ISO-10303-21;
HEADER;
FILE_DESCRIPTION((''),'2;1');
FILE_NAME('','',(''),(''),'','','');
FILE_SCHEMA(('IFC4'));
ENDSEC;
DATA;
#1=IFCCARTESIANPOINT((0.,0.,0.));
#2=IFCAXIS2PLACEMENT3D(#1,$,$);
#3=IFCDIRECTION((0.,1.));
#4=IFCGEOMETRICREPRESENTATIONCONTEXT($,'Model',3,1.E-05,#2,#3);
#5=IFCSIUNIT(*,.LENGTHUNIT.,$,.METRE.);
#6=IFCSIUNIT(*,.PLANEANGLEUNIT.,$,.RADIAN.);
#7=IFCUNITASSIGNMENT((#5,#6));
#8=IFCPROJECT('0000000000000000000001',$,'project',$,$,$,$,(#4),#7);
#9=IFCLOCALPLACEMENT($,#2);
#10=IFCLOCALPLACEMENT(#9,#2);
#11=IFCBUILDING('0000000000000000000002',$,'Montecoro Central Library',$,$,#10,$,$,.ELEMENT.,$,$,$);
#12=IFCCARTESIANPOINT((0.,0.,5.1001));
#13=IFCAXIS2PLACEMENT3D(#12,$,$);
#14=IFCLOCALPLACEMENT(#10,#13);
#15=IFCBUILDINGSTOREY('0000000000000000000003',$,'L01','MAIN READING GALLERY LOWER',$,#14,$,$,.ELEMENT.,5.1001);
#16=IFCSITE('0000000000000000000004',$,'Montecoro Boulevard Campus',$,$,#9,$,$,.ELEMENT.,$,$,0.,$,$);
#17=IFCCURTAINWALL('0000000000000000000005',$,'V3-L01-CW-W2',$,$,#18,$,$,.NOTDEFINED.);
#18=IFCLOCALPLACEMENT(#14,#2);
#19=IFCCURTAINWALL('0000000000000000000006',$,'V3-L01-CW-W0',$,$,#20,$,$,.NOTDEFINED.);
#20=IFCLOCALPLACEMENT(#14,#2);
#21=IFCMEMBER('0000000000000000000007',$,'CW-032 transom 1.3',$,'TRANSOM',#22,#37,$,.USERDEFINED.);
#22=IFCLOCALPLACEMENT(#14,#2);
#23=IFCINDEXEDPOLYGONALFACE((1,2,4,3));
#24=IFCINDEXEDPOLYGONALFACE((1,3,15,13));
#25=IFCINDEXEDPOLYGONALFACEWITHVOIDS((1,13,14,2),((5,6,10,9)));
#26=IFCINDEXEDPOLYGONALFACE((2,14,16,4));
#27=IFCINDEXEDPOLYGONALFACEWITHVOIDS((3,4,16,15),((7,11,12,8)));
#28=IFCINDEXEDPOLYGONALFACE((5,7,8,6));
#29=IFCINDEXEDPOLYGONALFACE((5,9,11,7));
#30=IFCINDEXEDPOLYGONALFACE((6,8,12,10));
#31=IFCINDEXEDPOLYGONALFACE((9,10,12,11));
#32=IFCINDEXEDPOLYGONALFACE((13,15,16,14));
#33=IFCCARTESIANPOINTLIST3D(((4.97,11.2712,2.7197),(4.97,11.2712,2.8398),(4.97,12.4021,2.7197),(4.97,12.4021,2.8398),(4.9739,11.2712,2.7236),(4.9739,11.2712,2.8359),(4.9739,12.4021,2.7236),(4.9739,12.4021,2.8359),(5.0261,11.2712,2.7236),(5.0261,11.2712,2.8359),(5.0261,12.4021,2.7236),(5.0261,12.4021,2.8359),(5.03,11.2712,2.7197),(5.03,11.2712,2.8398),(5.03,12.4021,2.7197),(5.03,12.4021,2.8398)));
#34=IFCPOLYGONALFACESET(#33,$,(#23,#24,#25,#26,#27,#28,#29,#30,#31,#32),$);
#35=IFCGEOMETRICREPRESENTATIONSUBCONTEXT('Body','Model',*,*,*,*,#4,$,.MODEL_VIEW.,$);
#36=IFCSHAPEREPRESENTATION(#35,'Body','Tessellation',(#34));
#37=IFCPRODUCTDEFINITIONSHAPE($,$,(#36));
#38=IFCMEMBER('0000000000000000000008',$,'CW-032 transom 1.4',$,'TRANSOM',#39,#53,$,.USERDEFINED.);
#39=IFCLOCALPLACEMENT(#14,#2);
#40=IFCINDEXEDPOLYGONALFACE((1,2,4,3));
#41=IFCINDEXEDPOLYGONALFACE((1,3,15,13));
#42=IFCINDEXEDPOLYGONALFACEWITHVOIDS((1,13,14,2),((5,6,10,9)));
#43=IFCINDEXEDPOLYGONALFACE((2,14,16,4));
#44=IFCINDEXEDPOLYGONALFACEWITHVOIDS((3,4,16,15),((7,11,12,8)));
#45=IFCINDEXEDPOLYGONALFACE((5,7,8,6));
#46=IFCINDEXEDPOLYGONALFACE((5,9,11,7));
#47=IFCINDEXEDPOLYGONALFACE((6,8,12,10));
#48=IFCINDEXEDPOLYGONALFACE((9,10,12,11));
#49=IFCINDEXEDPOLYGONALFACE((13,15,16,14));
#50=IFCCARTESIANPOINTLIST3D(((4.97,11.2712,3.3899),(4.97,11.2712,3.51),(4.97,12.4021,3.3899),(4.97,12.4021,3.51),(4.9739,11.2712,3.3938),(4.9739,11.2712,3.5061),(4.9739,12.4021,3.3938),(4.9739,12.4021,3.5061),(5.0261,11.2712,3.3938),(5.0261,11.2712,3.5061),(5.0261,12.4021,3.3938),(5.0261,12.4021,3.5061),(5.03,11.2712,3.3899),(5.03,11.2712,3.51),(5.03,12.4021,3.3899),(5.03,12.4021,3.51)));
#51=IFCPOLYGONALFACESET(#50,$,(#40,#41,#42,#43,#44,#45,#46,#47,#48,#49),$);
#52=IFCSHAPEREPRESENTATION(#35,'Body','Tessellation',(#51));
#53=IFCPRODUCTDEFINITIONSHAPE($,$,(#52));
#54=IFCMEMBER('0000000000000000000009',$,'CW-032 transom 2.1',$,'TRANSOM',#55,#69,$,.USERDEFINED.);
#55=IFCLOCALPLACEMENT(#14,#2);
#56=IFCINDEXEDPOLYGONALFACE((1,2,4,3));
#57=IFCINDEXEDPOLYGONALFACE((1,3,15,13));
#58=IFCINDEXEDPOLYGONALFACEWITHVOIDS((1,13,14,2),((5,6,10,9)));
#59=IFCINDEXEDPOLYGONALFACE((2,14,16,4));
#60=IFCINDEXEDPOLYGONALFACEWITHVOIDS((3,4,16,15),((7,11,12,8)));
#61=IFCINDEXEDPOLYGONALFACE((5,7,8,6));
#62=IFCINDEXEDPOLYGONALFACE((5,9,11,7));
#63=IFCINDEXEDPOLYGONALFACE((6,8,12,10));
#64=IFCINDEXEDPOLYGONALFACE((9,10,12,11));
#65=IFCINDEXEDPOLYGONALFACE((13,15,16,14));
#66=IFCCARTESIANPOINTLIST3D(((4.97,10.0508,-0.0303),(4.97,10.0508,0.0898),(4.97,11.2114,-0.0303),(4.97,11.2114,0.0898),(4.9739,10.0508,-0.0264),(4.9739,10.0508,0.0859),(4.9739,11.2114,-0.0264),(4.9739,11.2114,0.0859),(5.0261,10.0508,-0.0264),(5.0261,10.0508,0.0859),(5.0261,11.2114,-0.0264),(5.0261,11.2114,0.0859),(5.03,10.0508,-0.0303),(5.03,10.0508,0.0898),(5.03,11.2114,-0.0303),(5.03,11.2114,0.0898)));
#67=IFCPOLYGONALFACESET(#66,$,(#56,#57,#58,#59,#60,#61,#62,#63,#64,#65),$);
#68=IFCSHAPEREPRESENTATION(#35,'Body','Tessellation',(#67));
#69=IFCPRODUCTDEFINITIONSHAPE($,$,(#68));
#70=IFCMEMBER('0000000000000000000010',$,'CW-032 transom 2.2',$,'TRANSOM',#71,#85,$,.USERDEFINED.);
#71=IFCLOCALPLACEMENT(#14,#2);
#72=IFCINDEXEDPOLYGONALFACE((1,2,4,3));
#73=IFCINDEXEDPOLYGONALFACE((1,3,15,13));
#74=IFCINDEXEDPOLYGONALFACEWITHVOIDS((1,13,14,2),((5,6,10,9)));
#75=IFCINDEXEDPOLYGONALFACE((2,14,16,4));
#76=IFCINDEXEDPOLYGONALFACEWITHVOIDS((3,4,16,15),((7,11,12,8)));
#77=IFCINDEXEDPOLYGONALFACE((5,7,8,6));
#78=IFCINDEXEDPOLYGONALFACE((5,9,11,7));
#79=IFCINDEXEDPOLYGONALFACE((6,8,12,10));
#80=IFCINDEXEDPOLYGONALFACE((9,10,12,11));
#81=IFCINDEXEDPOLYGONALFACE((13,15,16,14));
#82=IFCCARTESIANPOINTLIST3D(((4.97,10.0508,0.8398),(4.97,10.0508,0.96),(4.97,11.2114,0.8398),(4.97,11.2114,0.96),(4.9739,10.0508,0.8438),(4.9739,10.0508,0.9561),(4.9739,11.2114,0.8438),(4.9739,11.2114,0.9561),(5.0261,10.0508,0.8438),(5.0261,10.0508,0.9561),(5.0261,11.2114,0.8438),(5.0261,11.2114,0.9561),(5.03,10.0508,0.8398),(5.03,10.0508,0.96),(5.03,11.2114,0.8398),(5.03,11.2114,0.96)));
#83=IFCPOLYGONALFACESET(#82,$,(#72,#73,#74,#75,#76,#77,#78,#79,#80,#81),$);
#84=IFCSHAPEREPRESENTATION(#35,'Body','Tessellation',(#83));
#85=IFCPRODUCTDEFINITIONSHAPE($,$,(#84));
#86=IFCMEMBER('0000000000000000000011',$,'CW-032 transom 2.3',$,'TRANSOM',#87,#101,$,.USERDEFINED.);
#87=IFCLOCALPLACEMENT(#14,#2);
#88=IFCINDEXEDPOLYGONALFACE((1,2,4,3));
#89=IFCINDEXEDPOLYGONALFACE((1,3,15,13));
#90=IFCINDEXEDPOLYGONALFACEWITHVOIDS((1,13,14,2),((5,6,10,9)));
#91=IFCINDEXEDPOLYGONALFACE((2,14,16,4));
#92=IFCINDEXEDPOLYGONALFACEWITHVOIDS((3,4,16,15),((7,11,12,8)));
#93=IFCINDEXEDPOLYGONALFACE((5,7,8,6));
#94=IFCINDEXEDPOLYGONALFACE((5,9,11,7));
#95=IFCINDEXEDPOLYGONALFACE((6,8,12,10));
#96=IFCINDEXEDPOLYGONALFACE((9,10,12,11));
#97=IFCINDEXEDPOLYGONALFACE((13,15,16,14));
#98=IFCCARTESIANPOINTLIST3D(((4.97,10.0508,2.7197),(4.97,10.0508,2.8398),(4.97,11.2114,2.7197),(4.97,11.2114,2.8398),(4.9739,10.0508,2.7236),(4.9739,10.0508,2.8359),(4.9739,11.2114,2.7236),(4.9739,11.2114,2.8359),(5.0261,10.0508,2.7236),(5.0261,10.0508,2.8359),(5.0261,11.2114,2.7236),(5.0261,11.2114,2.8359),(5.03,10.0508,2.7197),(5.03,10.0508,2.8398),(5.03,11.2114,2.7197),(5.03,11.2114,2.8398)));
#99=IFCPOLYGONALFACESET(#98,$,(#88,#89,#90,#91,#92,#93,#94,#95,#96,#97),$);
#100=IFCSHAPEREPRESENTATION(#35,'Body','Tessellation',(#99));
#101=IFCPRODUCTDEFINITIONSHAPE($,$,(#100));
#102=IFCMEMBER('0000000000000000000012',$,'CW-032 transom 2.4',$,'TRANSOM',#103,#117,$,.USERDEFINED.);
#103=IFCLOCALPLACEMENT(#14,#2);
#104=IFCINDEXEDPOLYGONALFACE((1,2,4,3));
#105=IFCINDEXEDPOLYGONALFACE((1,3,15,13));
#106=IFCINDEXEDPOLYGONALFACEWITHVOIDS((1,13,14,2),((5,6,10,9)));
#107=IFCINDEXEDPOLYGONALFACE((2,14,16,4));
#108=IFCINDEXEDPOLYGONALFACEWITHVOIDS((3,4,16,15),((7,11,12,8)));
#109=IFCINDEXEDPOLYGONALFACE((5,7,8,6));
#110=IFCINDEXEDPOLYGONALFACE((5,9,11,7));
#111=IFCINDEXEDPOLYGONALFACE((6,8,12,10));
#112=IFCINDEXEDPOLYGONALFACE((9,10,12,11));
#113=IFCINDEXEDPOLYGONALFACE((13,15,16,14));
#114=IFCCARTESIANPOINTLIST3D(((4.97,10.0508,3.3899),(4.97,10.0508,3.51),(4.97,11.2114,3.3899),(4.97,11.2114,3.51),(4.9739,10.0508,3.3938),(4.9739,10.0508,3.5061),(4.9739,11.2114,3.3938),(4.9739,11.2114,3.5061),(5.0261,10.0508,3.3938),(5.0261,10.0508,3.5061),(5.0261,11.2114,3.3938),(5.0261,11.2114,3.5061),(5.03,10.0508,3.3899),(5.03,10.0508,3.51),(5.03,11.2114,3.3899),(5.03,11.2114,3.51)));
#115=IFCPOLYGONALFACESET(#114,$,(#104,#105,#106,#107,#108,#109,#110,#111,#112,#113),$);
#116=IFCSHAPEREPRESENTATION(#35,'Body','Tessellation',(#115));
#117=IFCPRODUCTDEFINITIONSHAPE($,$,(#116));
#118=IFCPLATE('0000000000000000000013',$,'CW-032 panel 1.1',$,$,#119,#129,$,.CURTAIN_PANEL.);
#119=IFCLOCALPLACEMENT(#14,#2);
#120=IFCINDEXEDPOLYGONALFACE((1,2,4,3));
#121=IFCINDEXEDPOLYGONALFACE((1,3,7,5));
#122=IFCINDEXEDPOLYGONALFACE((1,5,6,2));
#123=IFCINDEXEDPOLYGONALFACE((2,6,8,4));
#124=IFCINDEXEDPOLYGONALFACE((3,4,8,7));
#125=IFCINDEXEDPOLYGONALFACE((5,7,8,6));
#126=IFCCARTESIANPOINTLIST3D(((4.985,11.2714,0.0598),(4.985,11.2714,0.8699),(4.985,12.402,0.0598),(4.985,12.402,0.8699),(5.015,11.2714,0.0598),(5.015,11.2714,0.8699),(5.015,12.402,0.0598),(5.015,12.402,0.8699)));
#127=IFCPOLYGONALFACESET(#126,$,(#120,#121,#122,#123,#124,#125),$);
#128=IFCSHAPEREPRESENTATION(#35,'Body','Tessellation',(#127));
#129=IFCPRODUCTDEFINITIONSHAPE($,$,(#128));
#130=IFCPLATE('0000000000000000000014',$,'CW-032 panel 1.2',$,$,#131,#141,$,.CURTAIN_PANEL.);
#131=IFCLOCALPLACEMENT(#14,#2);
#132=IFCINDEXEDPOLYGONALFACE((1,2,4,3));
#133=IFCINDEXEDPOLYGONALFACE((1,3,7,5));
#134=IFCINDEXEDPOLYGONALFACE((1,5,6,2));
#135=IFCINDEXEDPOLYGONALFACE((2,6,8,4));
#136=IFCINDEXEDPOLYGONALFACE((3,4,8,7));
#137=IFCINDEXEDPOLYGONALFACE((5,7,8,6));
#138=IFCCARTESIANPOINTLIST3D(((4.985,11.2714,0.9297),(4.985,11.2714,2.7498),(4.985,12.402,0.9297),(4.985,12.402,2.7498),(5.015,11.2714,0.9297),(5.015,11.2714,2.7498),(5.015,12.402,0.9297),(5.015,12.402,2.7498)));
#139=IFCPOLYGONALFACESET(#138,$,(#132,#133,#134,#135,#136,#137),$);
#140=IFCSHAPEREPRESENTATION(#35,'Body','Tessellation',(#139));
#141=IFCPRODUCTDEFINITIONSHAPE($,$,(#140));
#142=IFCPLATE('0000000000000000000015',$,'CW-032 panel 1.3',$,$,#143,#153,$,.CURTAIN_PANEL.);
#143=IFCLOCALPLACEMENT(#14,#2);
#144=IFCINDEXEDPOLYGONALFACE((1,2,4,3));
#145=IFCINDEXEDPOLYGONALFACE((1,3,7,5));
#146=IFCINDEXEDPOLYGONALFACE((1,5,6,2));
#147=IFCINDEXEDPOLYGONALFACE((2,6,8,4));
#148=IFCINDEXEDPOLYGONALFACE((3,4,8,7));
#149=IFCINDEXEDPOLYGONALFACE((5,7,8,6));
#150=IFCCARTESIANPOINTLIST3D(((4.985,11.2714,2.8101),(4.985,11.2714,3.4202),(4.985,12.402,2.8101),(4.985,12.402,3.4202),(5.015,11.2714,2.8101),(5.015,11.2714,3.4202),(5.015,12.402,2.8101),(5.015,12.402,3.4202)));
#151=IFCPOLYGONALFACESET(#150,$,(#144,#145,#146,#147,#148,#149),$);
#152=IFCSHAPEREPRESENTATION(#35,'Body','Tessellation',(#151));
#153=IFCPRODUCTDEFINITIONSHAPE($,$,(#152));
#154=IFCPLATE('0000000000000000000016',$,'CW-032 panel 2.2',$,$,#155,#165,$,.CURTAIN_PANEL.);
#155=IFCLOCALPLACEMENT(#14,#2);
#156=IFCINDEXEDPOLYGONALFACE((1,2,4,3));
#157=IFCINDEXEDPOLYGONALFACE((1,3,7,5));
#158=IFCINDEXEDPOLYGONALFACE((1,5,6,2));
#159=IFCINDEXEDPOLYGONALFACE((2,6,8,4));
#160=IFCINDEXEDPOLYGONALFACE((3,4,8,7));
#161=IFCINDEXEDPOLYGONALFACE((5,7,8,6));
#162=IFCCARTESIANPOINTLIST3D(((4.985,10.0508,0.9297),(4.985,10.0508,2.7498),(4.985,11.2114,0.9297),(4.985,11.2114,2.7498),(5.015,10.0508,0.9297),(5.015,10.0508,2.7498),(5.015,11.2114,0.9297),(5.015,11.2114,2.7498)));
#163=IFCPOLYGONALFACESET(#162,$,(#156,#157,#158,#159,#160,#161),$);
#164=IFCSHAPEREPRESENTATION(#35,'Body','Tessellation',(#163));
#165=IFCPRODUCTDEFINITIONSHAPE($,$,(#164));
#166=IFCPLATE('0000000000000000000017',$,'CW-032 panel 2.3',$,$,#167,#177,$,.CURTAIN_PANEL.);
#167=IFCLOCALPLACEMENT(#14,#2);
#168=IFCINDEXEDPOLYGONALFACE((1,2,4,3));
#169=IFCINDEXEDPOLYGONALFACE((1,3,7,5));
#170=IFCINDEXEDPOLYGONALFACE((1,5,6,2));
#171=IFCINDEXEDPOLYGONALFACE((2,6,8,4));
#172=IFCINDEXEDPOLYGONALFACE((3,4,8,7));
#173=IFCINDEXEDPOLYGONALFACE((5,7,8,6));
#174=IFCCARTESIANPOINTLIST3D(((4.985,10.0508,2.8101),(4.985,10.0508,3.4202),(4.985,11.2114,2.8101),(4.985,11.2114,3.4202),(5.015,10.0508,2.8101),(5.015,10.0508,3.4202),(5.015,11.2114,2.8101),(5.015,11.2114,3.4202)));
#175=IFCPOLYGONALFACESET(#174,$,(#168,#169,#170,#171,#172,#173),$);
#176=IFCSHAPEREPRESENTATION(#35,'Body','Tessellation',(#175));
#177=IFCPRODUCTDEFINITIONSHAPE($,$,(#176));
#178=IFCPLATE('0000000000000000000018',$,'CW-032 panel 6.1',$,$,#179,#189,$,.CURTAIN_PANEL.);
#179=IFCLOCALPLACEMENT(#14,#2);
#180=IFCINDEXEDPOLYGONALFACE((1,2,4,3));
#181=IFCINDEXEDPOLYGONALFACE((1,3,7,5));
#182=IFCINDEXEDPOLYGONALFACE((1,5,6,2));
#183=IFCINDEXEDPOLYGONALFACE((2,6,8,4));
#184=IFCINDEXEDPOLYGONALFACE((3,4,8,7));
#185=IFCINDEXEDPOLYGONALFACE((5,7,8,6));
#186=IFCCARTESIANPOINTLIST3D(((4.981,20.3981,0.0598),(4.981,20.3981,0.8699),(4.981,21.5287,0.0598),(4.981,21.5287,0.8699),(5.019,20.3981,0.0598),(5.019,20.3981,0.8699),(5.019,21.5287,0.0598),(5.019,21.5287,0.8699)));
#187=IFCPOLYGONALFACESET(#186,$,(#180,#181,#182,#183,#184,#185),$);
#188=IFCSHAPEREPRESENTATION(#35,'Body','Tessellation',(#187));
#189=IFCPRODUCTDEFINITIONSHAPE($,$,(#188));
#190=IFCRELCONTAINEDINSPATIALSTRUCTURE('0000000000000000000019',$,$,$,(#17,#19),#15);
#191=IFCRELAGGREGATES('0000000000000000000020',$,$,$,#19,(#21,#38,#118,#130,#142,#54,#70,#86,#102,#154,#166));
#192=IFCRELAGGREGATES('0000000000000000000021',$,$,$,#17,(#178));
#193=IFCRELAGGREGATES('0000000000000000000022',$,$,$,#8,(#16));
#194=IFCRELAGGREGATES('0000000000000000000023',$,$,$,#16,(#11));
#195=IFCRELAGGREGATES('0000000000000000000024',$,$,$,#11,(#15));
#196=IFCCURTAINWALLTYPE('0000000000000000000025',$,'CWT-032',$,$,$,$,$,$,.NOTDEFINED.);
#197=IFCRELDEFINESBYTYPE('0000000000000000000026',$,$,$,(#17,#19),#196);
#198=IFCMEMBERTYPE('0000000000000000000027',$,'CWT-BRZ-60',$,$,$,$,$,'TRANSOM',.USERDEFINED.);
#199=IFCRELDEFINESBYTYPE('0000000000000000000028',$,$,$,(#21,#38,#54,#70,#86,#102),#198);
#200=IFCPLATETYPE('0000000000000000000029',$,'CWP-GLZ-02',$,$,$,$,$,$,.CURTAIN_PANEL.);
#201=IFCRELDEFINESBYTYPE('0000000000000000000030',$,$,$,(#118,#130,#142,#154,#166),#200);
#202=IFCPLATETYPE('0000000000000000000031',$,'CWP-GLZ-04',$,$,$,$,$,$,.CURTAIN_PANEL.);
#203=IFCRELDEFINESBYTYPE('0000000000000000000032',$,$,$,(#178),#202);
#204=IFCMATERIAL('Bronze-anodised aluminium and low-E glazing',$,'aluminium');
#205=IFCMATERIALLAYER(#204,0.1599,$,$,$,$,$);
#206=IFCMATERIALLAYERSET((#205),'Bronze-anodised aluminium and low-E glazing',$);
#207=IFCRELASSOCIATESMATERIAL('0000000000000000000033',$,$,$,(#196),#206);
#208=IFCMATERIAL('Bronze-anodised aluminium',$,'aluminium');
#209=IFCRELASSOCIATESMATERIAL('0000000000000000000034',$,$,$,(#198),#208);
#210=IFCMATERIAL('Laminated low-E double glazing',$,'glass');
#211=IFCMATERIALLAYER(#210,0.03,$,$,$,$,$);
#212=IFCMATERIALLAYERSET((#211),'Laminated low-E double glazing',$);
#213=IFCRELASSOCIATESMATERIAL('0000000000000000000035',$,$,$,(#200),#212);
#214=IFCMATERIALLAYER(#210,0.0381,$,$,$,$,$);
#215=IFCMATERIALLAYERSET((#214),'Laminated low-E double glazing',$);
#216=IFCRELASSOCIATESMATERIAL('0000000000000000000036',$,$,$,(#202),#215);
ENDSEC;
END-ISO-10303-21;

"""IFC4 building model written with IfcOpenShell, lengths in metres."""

from ifc_helpers import new_model, si_unit, direction, frame, origin, origin_2d, place, context, subcontext, project, spatial, rectangle, hollow_rectangle, extrude, material, layer, layer_set, material_profile, profile_set, type_object, element, aggregate, save


model = new_model("IFC4")

# Units and contexts
model_context = context("Model", 3, precision=1e-05, world=origin(), true_north=direction((0.0, 1.0)))
body_context = subcontext(model_context, "Body", "Model", "MODEL_VIEW")
ifc_project = project(units=[si_unit("LENGTHUNIT", "METRE"), si_unit("PLANEANGLEUNIT", "RADIAN")], contexts=[model_context])

# Site, building, storey
site_placement = place(None, origin())
site = spatial("IfcSite", under=ifc_project, at=site_placement, Name="Montecoro Boulevard Campus", CompositionType="ELEMENT", RefElevation=0.0)
building_placement = place(site_placement, origin())
building = spatial("IfcBuilding", under=site, at=building_placement, Name="Montecoro Central Library", CompositionType="ELEMENT")
storey_placement = place(building_placement, frame((0.0, 0.0, 5.1001)))
storey = spatial("IfcBuildingStorey", under=building, at=storey_placement, Name="L01", Description="MAIN READING GALLERY LOWER", CompositionType="ELEMENT", Elevation=5.1001)

# Curtain wall
ifc_material_1 = material(Name="Bronze-anodised aluminium and low-E glazing", Category="aluminium")
ifc_layer_1 = layer(ifc_material_1, 0.1599)
ifc_layer_set_1 = layer_set([ifc_layer_1], Name="Bronze-anodised aluminium and low-E glazing")
curtain_wall_type = type_object("IfcCurtainWallType", Name="CWT-032", PredefinedType="NOTDEFINED", material=ifc_layer_set_1)
curtain_wall_1_placement = place(storey_placement, origin())
curtain_wall_1 = element("IfcCurtainWall", 1, at=curtain_wall_1_placement, inside=storey, type_object=curtain_wall_type, Name="V3-L01-CW-W2", PredefinedType="NOTDEFINED")
ifc_material_2 = material(Name="Bronze-anodised aluminium", Category="aluminium")

# Curtain wall, members, plates
curtain_wall_2_placement = place(storey_placement, origin())
curtain_wall_2 = element("IfcCurtainWall", 2, at=curtain_wall_2_placement, inside=storey, type_object=curtain_wall_type, Name="V3-L01-CW-W0", PredefinedType="NOTDEFINED")
ifc_material_profile_1 = material_profile(ifc_material_2, hollow_rectangle(XDim=0.0601, YDim=0.1201, WallThickness=0.0039, at=origin_2d()), Name="CWT 120x60x4.0")
ifc_profile_set_1 = profile_set([ifc_material_profile_1], Name="Bronze-anodised aluminium")
member_type_1 = type_object("IfcMemberType", Name="CWT-BRZ-60", ElementType="TRANSOM", PredefinedType="USERDEFINED", material=ifc_profile_set_1)
member_1_placement = place(storey_placement, frame((5.0, 12.4021, 2.7798), z_axis=(0.0, -1.0, 0.0), x_axis=(1.0, 0.0, 0.0)))
member_1 = element("IfcMember", 3, at=member_1_placement, type_object=member_type_1, Name="CW-032 transom 1.3", ObjectType="TRANSOM", PredefinedType="USERDEFINED", context=body_context, shape_type="SweptSolid", body=[
    extrude(hollow_rectangle(XDim=0.0601, YDim=0.1201, WallThickness=0.0039, at=origin_2d()), origin(), (0.0, 0.0, 1.0), 1.1309),
])
member_2_placement = place(storey_placement, frame((5.0, 12.4021, 3.45), z_axis=(0.0, -1.0, 0.0), x_axis=(1.0, 0.0, 0.0)))
member_2 = element("IfcMember", 4, at=member_2_placement, type_object=member_type_1, Name="CW-032 transom 1.4", ObjectType="TRANSOM", PredefinedType="USERDEFINED", context=body_context, shape_type="SweptSolid", body=[
    extrude(hollow_rectangle(XDim=0.0601, YDim=0.1201, WallThickness=0.0039, at=origin_2d()), origin(), (0.0, 0.0, 1.0), 1.1309),
])
member_3_placement = place(storey_placement, frame((5.0, 11.2114, 0.0298), z_axis=(0.0, -1.0, 0.0), x_axis=(1.0, 0.0, 0.0)))
member_3 = element("IfcMember", 5, at=member_3_placement, type_object=member_type_1, Name="CW-032 transom 2.1", ObjectType="TRANSOM", PredefinedType="USERDEFINED", context=body_context, shape_type="SweptSolid", body=[
    extrude(hollow_rectangle(XDim=0.0601, YDim=0.1201, WallThickness=0.0039, at=origin_2d()), origin(), (0.0, 0.0, 1.0), 1.1606),
])
member_4_placement = place(storey_placement, frame((5.0, 11.2114, 0.8999), z_axis=(0.0, -1.0, 0.0), x_axis=(1.0, 0.0, 0.0)))
member_4 = element("IfcMember", 6, at=member_4_placement, type_object=member_type_1, Name="CW-032 transom 2.2", ObjectType="TRANSOM", PredefinedType="USERDEFINED", context=body_context, shape_type="SweptSolid", body=[
    extrude(hollow_rectangle(XDim=0.0601, YDim=0.1201, WallThickness=0.0039, at=origin_2d()), origin(), (0.0, 0.0, 1.0), 1.1606),
])
member_5_placement = place(storey_placement, frame((5.0, 11.2114, 2.7798), z_axis=(0.0, -1.0, 0.0), x_axis=(1.0, 0.0, 0.0)))
member_5 = element("IfcMember", 7, at=member_5_placement, type_object=member_type_1, Name="CW-032 transom 2.3", ObjectType="TRANSOM", PredefinedType="USERDEFINED", context=body_context, shape_type="SweptSolid", body=[
    extrude(hollow_rectangle(XDim=0.0601, YDim=0.1201, WallThickness=0.0039, at=origin_2d()), origin(), (0.0, 0.0, 1.0), 1.1606),
])
member_6_placement = place(storey_placement, frame((5.0, 11.2114, 3.45), z_axis=(0.0, -1.0, 0.0), x_axis=(1.0, 0.0, 0.0)))
member_6 = element("IfcMember", 8, at=member_6_placement, type_object=member_type_1, Name="CW-032 transom 2.4", ObjectType="TRANSOM", PredefinedType="USERDEFINED", context=body_context, shape_type="SweptSolid", body=[
    extrude(hollow_rectangle(XDim=0.0601, YDim=0.1201, WallThickness=0.0039, at=origin_2d()), origin(), (0.0, 0.0, 1.0), 1.1606),
])
ifc_material_3 = material(Name="Laminated low-E double glazing", Category="glass")
ifc_layer_2 = layer(ifc_material_3, 0.03)
ifc_layer_set_2 = layer_set([ifc_layer_2], Name="Laminated low-E double glazing")
plate_type_1 = type_object("IfcPlateType", Name="CWP-GLZ-02", PredefinedType="CURTAIN_PANEL", material=ifc_layer_set_2)
plate_1_placement = place(storey_placement, frame((5.0, 11.8367, 0.0598), z_axis=(0.0, 0.0, 1.0), x_axis=(0.0, -1.0, 0.0)))
plate_1 = element("IfcPlate", 9, at=plate_1_placement, type_object=plate_type_1, Name="CW-032 panel 1.1", PredefinedType="CURTAIN_PANEL", context=body_context, shape_type="SweptSolid", body=[
    extrude(rectangle(XDim=1.1306, YDim=0.03, at=origin_2d()), origin(), (0.0, 0.0, 1.0), 0.8101),
])
plate_2_placement = place(storey_placement, frame((5.0, 11.8367, 0.9297), z_axis=(0.0, 0.0, 1.0), x_axis=(0.0, -1.0, 0.0)))
plate_2 = element("IfcPlate", 10, at=plate_2_placement, type_object=plate_type_1, Name="CW-032 panel 1.2", PredefinedType="CURTAIN_PANEL", context=body_context, shape_type="SweptSolid", body=[
    extrude(rectangle(XDim=1.1306, YDim=0.03, at=origin_2d()), origin(), (0.0, 0.0, 1.0), 1.8201),
])
plate_3_placement = place(storey_placement, frame((5.0, 11.8367, 2.8101), z_axis=(0.0, 0.0, 1.0), x_axis=(0.0, -1.0, 0.0)))
plate_3 = element("IfcPlate", 11, at=plate_3_placement, type_object=plate_type_1, Name="CW-032 panel 1.3", PredefinedType="CURTAIN_PANEL", context=body_context, shape_type="SweptSolid", body=[
    extrude(rectangle(XDim=1.1306, YDim=0.03, at=origin_2d()), origin(), (0.0, 0.0, 1.0), 0.6101),
])
plate_4_placement = place(storey_placement, frame((5.0, 10.6311, 0.9297), z_axis=(0.0, 0.0, 1.0), x_axis=(0.0, -1.0, 0.0)))
plate_4 = element("IfcPlate", 12, at=plate_4_placement, type_object=plate_type_1, Name="CW-032 panel 2.2", PredefinedType="CURTAIN_PANEL", context=body_context, shape_type="SweptSolid", body=[
    extrude(rectangle(XDim=1.1606, YDim=0.03, at=origin_2d()), origin(), (0.0, 0.0, 1.0), 1.8201),
])
plate_5_placement = place(storey_placement, frame((5.0, 10.6311, 2.8101), z_axis=(0.0, 0.0, 1.0), x_axis=(0.0, -1.0, 0.0)))
plate_5 = element("IfcPlate", 13, at=plate_5_placement, type_object=plate_type_1, Name="CW-032 panel 2.3", PredefinedType="CURTAIN_PANEL", context=body_context, shape_type="SweptSolid", body=[
    extrude(rectangle(XDim=1.1606, YDim=0.03, at=origin_2d()), origin(), (0.0, 0.0, 1.0), 0.6101),
])
aggregate(curtain_wall_2, [member_1, member_2, plate_1, plate_2, plate_3, member_3, member_4, member_5, member_6, plate_4, plate_5])

# Plate
ifc_layer_3 = layer(ifc_material_3, 0.0381)
ifc_layer_set_3 = layer_set([ifc_layer_3], Name="Laminated low-E double glazing")
plate_type_2 = type_object("IfcPlateType", Name="CWP-GLZ-04", PredefinedType="CURTAIN_PANEL", material=ifc_layer_set_3)
plate_6_placement = place(storey_placement, frame((5.0, 20.9634, 0.0598), z_axis=(0.0, 0.0, 1.0), x_axis=(0.0, -1.0, 0.0)))
plate_6 = element("IfcPlate", 14, at=plate_6_placement, type_object=plate_type_2, Name="CW-032 panel 6.1", PredefinedType="CURTAIN_PANEL", context=body_context, shape_type="SweptSolid", body=[
    extrude(rectangle(XDim=1.1306, YDim=0.0381, at=origin_2d()), origin(), (0.0, 0.0, 1.0), 0.8101),
])
aggregate(curtain_wall_1, [plate_6])

save(model, "model.ifc")
